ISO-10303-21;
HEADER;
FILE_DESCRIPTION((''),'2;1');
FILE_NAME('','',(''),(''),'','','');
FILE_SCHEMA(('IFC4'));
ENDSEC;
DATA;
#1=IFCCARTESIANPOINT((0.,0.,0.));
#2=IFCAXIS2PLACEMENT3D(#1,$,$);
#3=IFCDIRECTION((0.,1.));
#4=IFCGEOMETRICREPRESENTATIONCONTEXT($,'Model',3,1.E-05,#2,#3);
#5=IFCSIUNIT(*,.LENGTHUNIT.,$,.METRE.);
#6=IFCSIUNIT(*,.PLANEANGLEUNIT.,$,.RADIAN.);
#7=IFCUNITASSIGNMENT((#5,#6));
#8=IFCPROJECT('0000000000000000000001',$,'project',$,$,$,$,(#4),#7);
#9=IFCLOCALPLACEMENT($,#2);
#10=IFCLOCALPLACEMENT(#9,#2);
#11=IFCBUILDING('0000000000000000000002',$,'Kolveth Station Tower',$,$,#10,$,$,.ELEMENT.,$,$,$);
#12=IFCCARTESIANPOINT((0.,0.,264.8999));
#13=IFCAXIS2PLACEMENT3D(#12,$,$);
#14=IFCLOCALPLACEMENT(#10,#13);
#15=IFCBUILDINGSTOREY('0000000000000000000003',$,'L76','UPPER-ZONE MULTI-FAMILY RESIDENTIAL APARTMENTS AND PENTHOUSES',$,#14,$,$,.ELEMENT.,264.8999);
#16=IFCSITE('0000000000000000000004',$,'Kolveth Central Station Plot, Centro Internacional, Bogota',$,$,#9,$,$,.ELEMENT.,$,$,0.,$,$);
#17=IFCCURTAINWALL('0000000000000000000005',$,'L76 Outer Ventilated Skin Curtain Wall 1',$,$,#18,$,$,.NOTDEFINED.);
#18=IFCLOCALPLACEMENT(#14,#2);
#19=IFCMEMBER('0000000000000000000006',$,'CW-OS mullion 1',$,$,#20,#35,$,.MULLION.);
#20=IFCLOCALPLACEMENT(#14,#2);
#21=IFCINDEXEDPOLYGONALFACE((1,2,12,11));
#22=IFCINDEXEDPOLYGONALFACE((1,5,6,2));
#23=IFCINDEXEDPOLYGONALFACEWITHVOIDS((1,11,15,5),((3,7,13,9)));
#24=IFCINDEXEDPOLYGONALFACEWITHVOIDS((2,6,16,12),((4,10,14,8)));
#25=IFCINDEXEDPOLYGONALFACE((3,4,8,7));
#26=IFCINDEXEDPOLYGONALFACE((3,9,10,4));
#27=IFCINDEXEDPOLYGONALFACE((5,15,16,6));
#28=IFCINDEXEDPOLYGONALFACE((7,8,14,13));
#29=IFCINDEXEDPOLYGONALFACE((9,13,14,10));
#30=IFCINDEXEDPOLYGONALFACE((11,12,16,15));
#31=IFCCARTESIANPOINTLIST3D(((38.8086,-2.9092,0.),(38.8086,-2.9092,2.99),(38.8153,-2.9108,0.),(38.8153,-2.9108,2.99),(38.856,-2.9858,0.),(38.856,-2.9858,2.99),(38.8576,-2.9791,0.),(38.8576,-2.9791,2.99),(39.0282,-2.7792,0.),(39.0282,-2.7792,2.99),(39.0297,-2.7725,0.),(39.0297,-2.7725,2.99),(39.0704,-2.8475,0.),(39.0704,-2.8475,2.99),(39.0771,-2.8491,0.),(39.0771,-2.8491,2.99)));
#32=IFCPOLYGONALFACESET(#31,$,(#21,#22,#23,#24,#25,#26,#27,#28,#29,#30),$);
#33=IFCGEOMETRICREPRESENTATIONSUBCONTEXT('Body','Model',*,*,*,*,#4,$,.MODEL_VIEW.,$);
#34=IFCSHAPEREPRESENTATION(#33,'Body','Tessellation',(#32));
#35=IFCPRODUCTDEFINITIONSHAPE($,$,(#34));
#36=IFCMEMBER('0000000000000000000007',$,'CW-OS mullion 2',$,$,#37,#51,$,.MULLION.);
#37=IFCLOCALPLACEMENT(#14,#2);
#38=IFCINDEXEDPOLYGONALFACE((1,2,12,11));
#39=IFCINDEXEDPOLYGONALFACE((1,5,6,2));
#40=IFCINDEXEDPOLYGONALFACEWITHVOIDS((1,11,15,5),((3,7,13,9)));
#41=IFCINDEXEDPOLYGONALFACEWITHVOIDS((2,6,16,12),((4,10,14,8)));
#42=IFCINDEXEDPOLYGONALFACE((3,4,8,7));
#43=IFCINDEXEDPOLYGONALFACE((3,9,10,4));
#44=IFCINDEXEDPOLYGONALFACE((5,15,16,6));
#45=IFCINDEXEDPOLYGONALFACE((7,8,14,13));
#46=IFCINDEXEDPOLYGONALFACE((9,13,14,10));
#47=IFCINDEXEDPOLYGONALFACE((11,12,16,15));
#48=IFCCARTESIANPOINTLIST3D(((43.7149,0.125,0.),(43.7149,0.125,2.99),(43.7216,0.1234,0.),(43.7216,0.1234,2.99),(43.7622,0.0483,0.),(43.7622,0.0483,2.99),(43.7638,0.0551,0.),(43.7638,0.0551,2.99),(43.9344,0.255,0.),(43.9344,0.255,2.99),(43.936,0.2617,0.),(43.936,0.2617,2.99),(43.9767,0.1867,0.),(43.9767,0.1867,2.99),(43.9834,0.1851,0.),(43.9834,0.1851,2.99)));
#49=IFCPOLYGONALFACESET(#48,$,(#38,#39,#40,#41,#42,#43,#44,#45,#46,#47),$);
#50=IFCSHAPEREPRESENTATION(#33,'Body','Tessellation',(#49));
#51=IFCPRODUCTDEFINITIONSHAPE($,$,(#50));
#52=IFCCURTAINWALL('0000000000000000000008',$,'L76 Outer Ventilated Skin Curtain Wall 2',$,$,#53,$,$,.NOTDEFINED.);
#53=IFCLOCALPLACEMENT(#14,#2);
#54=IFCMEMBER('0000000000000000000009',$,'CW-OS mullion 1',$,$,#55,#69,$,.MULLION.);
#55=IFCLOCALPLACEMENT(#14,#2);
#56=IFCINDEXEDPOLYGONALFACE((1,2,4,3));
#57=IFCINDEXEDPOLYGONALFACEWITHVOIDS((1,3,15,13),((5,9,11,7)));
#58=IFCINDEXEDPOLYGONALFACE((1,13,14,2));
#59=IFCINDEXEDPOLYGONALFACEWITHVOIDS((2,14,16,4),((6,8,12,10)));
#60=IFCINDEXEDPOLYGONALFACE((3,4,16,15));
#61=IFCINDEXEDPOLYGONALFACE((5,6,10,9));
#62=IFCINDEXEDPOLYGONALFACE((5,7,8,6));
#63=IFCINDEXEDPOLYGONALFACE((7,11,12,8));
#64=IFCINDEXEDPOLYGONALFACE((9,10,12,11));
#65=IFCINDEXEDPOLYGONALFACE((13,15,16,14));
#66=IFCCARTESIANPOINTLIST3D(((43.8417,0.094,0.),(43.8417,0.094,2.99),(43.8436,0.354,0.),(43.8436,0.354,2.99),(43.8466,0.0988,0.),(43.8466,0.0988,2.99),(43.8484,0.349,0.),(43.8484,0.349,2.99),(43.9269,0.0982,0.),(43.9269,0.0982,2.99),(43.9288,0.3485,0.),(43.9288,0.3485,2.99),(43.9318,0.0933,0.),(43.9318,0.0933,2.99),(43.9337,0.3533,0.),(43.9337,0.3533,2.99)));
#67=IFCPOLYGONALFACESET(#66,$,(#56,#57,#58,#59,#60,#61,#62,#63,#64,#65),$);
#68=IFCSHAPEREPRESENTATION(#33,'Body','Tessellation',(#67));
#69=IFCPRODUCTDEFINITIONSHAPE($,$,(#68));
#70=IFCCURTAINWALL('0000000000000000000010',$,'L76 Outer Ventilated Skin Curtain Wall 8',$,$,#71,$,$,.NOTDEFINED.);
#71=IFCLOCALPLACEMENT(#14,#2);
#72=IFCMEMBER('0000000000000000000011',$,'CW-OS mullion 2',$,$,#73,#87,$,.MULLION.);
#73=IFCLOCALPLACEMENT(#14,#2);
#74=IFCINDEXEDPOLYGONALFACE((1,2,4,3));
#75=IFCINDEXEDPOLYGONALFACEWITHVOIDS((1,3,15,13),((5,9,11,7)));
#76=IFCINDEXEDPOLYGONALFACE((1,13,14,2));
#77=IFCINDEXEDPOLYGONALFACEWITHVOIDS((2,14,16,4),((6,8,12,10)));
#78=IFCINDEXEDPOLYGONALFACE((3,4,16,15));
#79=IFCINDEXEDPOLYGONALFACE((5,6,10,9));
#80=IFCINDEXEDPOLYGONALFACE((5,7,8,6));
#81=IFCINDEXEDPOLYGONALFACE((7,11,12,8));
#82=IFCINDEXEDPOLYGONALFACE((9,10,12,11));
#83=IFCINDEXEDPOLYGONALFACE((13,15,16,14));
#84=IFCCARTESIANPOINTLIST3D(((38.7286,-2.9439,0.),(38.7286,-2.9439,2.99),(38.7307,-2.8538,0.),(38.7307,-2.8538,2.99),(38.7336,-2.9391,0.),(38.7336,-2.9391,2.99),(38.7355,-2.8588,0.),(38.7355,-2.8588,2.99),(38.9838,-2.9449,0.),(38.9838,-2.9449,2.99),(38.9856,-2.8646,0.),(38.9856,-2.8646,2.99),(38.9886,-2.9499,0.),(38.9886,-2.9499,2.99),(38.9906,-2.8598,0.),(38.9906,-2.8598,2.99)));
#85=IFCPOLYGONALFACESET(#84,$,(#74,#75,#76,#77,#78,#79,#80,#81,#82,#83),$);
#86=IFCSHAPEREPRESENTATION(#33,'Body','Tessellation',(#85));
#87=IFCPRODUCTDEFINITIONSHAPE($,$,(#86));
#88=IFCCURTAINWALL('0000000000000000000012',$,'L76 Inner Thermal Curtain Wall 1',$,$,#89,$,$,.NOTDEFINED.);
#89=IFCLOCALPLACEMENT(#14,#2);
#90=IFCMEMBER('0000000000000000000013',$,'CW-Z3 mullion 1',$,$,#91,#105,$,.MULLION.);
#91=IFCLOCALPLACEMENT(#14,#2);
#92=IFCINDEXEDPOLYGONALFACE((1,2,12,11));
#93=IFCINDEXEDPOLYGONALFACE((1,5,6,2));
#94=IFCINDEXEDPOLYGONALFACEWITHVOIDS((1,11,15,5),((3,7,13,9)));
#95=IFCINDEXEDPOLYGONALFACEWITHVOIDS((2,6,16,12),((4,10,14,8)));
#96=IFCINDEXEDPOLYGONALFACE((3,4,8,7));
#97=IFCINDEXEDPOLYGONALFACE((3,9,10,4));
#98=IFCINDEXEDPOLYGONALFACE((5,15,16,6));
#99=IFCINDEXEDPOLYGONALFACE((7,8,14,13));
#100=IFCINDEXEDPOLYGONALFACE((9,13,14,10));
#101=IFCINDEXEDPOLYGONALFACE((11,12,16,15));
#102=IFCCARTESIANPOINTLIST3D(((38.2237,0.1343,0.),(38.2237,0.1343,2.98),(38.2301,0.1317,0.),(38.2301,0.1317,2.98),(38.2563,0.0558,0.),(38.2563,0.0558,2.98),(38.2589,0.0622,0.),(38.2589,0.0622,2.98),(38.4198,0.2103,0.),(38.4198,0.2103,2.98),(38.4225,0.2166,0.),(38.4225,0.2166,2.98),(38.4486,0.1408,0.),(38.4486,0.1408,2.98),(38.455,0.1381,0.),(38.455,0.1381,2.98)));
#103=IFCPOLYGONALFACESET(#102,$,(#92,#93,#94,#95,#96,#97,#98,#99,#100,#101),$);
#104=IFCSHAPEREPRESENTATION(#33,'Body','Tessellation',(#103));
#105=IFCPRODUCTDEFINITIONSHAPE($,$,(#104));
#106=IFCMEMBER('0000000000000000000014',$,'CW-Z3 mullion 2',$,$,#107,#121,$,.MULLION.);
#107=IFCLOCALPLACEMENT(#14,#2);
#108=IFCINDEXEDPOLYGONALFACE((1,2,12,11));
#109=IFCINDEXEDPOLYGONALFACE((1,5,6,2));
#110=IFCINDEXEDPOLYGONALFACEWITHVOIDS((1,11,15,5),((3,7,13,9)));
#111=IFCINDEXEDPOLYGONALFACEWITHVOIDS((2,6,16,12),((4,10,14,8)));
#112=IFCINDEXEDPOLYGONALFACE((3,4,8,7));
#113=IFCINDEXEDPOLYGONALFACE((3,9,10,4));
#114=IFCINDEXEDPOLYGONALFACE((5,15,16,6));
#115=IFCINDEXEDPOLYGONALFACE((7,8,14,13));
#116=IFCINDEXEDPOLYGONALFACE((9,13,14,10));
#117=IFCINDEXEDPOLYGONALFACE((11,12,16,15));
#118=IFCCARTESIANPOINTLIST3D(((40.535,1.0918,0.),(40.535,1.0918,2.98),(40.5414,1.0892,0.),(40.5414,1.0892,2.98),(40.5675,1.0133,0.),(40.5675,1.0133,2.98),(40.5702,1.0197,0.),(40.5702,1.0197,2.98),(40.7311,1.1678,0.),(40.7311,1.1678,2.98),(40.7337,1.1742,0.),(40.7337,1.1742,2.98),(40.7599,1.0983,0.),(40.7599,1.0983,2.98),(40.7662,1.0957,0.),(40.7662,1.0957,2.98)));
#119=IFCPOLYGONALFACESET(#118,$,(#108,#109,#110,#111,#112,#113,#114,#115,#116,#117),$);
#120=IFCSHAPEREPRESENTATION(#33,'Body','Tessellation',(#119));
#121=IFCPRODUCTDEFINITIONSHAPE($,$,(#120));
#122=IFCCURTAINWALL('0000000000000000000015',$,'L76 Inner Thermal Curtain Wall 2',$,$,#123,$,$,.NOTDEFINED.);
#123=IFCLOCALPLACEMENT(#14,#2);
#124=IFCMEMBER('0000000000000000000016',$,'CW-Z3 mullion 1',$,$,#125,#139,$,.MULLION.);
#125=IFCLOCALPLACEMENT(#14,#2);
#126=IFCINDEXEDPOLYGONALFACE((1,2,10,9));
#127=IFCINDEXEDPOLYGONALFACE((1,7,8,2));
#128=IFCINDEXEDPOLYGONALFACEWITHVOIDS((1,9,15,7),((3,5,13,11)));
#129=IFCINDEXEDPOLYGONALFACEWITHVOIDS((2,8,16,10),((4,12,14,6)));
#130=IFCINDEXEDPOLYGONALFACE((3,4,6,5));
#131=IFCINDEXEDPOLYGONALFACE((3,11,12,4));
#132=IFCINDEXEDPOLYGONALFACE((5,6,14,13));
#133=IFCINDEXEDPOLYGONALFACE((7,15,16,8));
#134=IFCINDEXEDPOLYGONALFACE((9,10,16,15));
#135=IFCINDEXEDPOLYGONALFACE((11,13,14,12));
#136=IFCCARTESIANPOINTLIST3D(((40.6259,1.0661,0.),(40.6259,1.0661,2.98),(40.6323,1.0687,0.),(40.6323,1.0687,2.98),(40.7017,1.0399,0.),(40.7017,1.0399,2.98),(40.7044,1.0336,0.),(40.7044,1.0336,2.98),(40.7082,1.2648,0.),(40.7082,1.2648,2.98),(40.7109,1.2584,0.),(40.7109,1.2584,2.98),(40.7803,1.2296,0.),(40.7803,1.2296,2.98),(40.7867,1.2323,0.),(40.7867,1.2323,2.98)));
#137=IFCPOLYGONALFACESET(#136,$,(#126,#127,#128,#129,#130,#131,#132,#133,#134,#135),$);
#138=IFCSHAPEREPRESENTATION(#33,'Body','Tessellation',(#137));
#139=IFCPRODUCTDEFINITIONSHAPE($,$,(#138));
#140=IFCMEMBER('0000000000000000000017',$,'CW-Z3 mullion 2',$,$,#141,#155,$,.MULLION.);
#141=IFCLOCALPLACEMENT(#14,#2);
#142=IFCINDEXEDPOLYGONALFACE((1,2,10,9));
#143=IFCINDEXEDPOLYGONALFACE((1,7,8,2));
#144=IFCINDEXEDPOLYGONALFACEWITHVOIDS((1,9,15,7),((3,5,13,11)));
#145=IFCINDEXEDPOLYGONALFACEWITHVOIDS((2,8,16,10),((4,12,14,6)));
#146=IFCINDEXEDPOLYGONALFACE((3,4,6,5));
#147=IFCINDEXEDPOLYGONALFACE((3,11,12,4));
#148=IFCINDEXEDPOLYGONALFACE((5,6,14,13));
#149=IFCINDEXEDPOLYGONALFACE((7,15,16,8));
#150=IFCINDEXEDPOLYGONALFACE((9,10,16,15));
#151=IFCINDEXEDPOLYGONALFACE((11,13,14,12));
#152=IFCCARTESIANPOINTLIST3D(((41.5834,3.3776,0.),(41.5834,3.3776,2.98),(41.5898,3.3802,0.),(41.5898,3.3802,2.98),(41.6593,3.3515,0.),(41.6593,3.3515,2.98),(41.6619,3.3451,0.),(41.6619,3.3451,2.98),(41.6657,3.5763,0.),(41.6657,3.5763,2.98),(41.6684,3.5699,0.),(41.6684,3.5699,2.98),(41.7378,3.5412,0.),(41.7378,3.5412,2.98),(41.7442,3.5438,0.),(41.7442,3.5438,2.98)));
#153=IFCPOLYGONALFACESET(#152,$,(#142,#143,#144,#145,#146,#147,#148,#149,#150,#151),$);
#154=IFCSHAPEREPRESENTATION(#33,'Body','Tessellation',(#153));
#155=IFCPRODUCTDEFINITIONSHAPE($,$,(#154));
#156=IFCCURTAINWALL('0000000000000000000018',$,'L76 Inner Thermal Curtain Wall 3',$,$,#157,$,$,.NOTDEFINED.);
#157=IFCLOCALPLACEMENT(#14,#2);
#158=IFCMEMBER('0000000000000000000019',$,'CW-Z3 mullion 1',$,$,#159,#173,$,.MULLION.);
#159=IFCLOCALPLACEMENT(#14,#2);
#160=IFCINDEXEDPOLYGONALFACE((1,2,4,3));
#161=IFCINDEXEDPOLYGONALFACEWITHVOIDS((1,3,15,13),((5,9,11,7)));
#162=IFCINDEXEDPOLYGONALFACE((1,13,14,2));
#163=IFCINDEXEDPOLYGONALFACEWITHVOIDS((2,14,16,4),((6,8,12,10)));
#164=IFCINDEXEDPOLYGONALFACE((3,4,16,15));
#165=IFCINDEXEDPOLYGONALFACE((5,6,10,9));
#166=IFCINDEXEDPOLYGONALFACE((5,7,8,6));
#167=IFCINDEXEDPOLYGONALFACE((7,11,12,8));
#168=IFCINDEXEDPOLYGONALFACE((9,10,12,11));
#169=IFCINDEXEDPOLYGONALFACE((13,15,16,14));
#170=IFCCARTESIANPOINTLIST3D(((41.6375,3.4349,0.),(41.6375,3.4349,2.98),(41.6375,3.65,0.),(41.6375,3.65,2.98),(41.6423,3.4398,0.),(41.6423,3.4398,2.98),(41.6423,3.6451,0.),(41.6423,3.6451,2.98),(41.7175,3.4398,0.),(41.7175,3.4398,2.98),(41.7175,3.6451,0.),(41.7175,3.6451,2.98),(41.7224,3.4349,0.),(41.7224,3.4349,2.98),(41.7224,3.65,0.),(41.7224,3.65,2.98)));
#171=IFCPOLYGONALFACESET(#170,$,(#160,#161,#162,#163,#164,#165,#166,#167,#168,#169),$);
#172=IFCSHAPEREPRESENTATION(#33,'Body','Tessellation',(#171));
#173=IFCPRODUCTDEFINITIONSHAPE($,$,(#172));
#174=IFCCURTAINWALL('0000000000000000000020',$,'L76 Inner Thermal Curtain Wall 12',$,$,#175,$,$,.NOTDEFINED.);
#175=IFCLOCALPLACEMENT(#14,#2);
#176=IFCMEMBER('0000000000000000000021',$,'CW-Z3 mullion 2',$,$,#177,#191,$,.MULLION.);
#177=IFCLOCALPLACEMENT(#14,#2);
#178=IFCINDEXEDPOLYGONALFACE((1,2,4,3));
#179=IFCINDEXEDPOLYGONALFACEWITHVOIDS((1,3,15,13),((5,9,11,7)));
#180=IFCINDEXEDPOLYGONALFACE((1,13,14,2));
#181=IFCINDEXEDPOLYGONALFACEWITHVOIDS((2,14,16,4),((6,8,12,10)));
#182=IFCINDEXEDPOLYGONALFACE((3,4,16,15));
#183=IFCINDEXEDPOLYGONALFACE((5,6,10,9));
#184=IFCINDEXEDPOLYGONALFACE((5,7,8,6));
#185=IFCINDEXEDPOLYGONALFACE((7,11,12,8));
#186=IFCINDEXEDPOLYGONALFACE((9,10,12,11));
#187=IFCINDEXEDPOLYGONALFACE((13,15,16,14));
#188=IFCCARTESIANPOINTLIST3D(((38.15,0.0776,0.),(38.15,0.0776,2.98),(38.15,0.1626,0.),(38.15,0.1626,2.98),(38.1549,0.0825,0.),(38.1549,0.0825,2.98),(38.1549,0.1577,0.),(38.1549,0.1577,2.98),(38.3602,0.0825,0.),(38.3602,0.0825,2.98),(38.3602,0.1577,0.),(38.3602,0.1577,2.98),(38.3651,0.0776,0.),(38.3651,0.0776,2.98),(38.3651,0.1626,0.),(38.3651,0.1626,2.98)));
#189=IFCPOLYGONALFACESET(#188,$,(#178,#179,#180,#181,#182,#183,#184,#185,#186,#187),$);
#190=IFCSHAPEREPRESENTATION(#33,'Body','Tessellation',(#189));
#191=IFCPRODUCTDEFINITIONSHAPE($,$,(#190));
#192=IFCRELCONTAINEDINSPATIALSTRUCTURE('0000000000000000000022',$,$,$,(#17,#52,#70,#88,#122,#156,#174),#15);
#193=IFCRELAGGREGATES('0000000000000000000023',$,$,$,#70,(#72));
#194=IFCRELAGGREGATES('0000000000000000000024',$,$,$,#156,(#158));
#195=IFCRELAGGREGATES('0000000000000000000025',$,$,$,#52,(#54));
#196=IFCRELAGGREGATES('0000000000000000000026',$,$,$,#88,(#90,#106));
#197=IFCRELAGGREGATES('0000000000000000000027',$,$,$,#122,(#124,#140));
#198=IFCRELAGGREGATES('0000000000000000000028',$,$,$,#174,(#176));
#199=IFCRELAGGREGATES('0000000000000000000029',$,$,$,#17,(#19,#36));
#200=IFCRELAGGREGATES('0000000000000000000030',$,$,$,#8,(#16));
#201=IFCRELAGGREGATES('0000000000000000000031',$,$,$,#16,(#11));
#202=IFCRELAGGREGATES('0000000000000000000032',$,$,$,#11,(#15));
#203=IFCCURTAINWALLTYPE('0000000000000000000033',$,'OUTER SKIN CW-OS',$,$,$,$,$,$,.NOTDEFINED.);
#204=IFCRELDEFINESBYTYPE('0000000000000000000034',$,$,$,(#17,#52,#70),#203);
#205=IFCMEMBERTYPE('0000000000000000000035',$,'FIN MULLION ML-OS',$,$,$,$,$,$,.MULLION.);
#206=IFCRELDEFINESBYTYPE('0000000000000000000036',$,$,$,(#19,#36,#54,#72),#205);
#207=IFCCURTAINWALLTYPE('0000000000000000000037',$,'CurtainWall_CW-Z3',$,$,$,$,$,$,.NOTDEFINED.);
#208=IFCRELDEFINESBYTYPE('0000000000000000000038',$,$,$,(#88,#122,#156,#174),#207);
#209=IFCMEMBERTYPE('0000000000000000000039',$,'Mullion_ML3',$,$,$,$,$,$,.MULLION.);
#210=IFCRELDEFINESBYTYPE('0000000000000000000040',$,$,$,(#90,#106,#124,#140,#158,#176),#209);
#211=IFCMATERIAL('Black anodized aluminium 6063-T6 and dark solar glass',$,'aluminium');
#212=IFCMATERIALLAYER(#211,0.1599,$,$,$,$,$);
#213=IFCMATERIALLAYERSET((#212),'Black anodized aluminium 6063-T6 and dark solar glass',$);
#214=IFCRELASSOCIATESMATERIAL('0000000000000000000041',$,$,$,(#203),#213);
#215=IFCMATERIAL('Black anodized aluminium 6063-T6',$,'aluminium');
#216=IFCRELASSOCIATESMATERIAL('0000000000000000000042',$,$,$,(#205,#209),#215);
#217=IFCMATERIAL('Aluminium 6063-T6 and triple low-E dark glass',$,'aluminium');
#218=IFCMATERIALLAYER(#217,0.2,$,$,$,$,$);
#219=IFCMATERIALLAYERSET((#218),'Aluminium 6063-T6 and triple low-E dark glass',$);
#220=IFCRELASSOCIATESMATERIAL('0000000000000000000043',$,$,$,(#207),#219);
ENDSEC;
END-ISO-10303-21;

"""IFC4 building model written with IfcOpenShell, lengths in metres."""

from ifc_helpers import new_model, si_unit, direction, frame, origin, origin_2d, place, context, subcontext, project, spatial, hollow_rectangle, extrude, source, transform, mapped, material, layer, layer_set, material_profile, profile_set, type_object, element, aggregate, save


model = new_model("IFC4")

# Units and contexts
model_context = context("Model", 3, precision=1e-05, world=origin(), true_north=direction((0.0, 1.0)))
body_context = subcontext(model_context, "Body", "Model", "MODEL_VIEW")
ifc_project = project(units=[si_unit("LENGTHUNIT", "METRE"), si_unit("PLANEANGLEUNIT", "RADIAN")], contexts=[model_context])

# Site, building, storey
site_placement = place(None, origin())
site = spatial("IfcSite", under=ifc_project, at=site_placement, Name="Kolveth Central Station Plot, Centro Internacional, Bogota", CompositionType="ELEMENT", RefElevation=0.0)
building_placement = place(site_placement, origin())
building = spatial("IfcBuilding", under=site, at=building_placement, Name="Kolveth Station Tower", CompositionType="ELEMENT")
storey_placement = place(building_placement, frame((0.0, 0.0, 264.8999)))
storey = spatial("IfcBuildingStorey", under=building, at=storey_placement, Name="L76", Description="UPPER-ZONE MULTI-FAMILY RESIDENTIAL APARTMENTS AND PENTHOUSES", CompositionType="ELEMENT", Elevation=264.8999)

# Curtain wall, members
ifc_material_1 = material(Name="Black anodized aluminium 6063-T6 and dark solar glass", Category="aluminium")
ifc_layer_1 = layer(ifc_material_1, 0.1599)
ifc_layer_set_1 = layer_set([ifc_layer_1], Name="Black anodized aluminium 6063-T6 and dark solar glass")
curtain_wall_type_1 = type_object("IfcCurtainWallType", Name="OUTER SKIN CW-OS", PredefinedType="NOTDEFINED", material=ifc_layer_set_1)
curtain_wall_1_placement = place(storey_placement, origin())
curtain_wall_1 = element("IfcCurtainWall", 1, at=curtain_wall_1_placement, inside=storey, type_object=curtain_wall_type_1, Name="L76 Outer Ventilated Skin Curtain Wall 1", PredefinedType="NOTDEFINED")
ifc_material_2 = material(Name="Black anodized aluminium 6063-T6", Category="aluminium")
ifc_material_profile_1 = material_profile(ifc_material_2, hollow_rectangle(XDim=0.0901, YDim=0.26, WallThickness=0.0049, at=origin_2d()), Name="ALU-90x260x5")
ifc_profile_set_1 = profile_set([ifc_material_profile_1], Name="Black anodized aluminium 6063-T6")
member_type_1 = type_object("IfcMemberType", Name="FIN MULLION ML-OS", PredefinedType="MULLION", material=ifc_profile_set_1)
shared_shape_1 = source(origin(), body_context, "Body", "SweptSolid", [
    extrude(hollow_rectangle(XDim=0.0901, YDim=0.26, WallThickness=0.0049, at=origin_2d()), origin(), (0.0, 0.0, 1.0), 2.99),
])
member_1_placement = place(storey_placement, frame((38.9429, -2.8792, 0.0), z_axis=(0.0, 0.0, 1.0), x_axis=(-0.525981, 0.850496, 0.0)))
member_1 = element("IfcMember", 2, at=member_1_placement, type_object=member_type_1, Name="CW-OS mullion 1", PredefinedType="MULLION", context=body_context, shape_type="MappedRepresentation", body=[
    mapped(shared_shape_1, transform((0.0, 0.0, 0.0), x_axis=(1.0, 0.0, 0.0), y_axis=(0.0, 1.0, 0.0), z_axis=(0.0, 0.0, 1.0), scale=1.0)),
])
member_2_placement = place(storey_placement, frame((43.8491, 0.155, 0.0), z_axis=(0.0, 0.0, 1.0), x_axis=(-0.525981, 0.850496, 0.0)))
member_2 = element("IfcMember", 3, at=member_2_placement, type_object=member_type_1, Name="CW-OS mullion 2", PredefinedType="MULLION", context=body_context, shape_type="MappedRepresentation", body=[
    mapped(shared_shape_1, transform((0.0, 0.0, 0.0), x_axis=(1.0, 0.0, 0.0), y_axis=(0.0, 1.0, 0.0), z_axis=(0.0, 0.0, 1.0), scale=1.0)),
])

# Curtain walls, members
curtain_wall_2_placement = place(storey_placement, origin())
curtain_wall_2 = element("IfcCurtainWall", 4, at=curtain_wall_2_placement, inside=storey, type_object=curtain_wall_type_1, Name="L76 Outer Ventilated Skin Curtain Wall 2", PredefinedType="NOTDEFINED")
member_3_placement = place(storey_placement, frame((43.8877, 0.2236, 0.0), z_axis=(0.0, 0.0, 1.0), x_axis=(-0.999974, 0.007243, 0.0)))
member_3 = element("IfcMember", 5, at=member_3_placement, type_object=member_type_1, Name="CW-OS mullion 1", PredefinedType="MULLION", context=body_context, shape_type="MappedRepresentation", body=[
    mapped(shared_shape_1, transform((0.0, 0.0, 0.0), x_axis=(1.0, 0.0, 0.0), y_axis=(0.0, 1.0, 0.0), z_axis=(0.0, 0.0, 1.0), scale=1.0)),
])
curtain_wall_3_placement = place(storey_placement, origin())
curtain_wall_3 = element("IfcCurtainWall", 6, at=curtain_wall_3_placement, inside=storey, type_object=curtain_wall_type_1, Name="L76 Outer Ventilated Skin Curtain Wall 8", PredefinedType="NOTDEFINED")
member_4_placement = place(storey_placement, frame((38.8596, -2.9019, 0.0), z_axis=(0.0, 0.0, 1.0), x_axis=(0.022968, 0.999736, 0.0)))
member_4 = element("IfcMember", 7, at=member_4_placement, type_object=member_type_1, Name="CW-OS mullion 2", PredefinedType="MULLION", context=body_context, shape_type="MappedRepresentation", body=[
    mapped(shared_shape_1, transform((0.0, 0.0, 0.0), x_axis=(1.0, 0.0, 0.0), y_axis=(0.0, 1.0, 0.0), z_axis=(0.0, 0.0, 1.0), scale=1.0)),
])
aggregate(curtain_wall_3, [member_4])

# Curtain walls, members
ifc_material_3 = material(Name="Aluminium 6063-T6 and triple low-E dark glass", Category="aluminium")
ifc_layer_2 = layer(ifc_material_3, 0.2)
ifc_layer_set_2 = layer_set([ifc_layer_2], Name="Aluminium 6063-T6 and triple low-E dark glass")
curtain_wall_type_2 = type_object("IfcCurtainWallType", Name="CurtainWall_CW-Z3", PredefinedType="NOTDEFINED", material=ifc_layer_set_2)
curtain_wall_4_placement = place(storey_placement, origin())
curtain_wall_4 = element("IfcCurtainWall", 8, at=curtain_wall_4_placement, inside=storey, type_object=curtain_wall_type_2, Name="L76 Inner Thermal Curtain Wall 1", PredefinedType="NOTDEFINED")
ifc_material_profile_2 = material_profile(ifc_material_2, hollow_rectangle(XDim=0.085, YDim=0.2151, WallThickness=0.0049, at=origin_2d()), Name="ALU-85x215x5")
ifc_profile_set_2 = profile_set([ifc_material_profile_2], Name="Black anodized aluminium 6063-T6")
member_type_2 = type_object("IfcMemberType", Name="Mullion_ML3", PredefinedType="MULLION", material=ifc_profile_set_2)
shared_shape_2 = source(origin(), body_context, "Body", "SweptSolid", [
    extrude(hollow_rectangle(XDim=0.085, YDim=0.2151, WallThickness=0.0049, at=origin_2d()), origin(), (0.0, 0.0, 1.0), 2.98),
])
member_5_placement = place(storey_placement, frame((38.3394, 0.1362, 0.0), z_axis=(0.0, 0.0, 1.0), x_axis=(-0.382693, 0.923875, 0.0)))
member_5 = element("IfcMember", 9, at=member_5_placement, type_object=member_type_2, Name="CW-Z3 mullion 1", PredefinedType="MULLION", context=body_context, shape_type="MappedRepresentation", body=[
    mapped(shared_shape_2, transform((0.0, 0.0, 0.0), x_axis=(1.0, 0.0, 0.0), y_axis=(0.0, 1.0, 0.0), z_axis=(0.0, 0.0, 1.0), scale=1.0)),
])
member_6_placement = place(storey_placement, frame((40.6506, 1.0938, 0.0), z_axis=(0.0, 0.0, 1.0), x_axis=(-0.382693, 0.923875, 0.0)))
member_6 = element("IfcMember", 10, at=member_6_placement, type_object=member_type_2, Name="CW-Z3 mullion 2", PredefinedType="MULLION", context=body_context, shape_type="MappedRepresentation", body=[
    mapped(shared_shape_2, transform((0.0, 0.0, 0.0), x_axis=(1.0, 0.0, 0.0), y_axis=(0.0, 1.0, 0.0), z_axis=(0.0, 0.0, 1.0), scale=1.0)),
])
curtain_wall_5_placement = place(storey_placement, origin())
curtain_wall_5 = element("IfcCurtainWall", 11, at=curtain_wall_5_placement, inside=storey, type_object=curtain_wall_type_2, Name="L76 Inner Thermal Curtain Wall 2", PredefinedType="NOTDEFINED")
member_7_placement = place(storey_placement, frame((40.7063, 1.1492, 0.0), z_axis=(0.0, 0.0, 1.0), x_axis=(-0.923875, 0.382693, 0.0)))
member_7 = element("IfcMember", 12, at=member_7_placement, type_object=member_type_2, Name="CW-Z3 mullion 1", PredefinedType="MULLION", context=body_context, shape_type="MappedRepresentation", body=[
    mapped(shared_shape_2, transform((0.0, 0.0, 0.0), x_axis=(1.0, 0.0, 0.0), y_axis=(0.0, 1.0, 0.0), z_axis=(0.0, 0.0, 1.0), scale=1.0)),
])
member_8_placement = place(storey_placement, frame((41.6638, 3.4607, 0.0), z_axis=(0.0, 0.0, 1.0), x_axis=(-0.923875, 0.382693, 0.0)))
member_8 = element("IfcMember", 13, at=member_8_placement, type_object=member_type_2, Name="CW-Z3 mullion 2", PredefinedType="MULLION", context=body_context, shape_type="MappedRepresentation", body=[
    mapped(shared_shape_2, transform((0.0, 0.0, 0.0), x_axis=(1.0, 0.0, 0.0), y_axis=(0.0, 1.0, 0.0), z_axis=(0.0, 0.0, 1.0), scale=1.0)),
])

# Curtain walls, members
curtain_wall_6_placement = place(storey_placement, origin())
curtain_wall_6 = element("IfcCurtainWall", 14, at=curtain_wall_6_placement, inside=storey, type_object=curtain_wall_type_2, Name="L76 Inner Thermal Curtain Wall 3", PredefinedType="NOTDEFINED")
member_9_placement = place(storey_placement, frame((41.6799, 3.5425, 0.0), z_axis=(0.0, 0.0, 1.0), x_axis=(-1.0, 0.0, 0.0)))
member_9 = element("IfcMember", 15, at=member_9_placement, type_object=member_type_2, Name="CW-Z3 mullion 1", PredefinedType="MULLION", context=body_context, shape_type="MappedRepresentation", body=[
    mapped(shared_shape_2, transform((0.0, 0.0, 0.0), x_axis=(1.0, 0.0, 0.0), y_axis=(0.0, 1.0, 0.0), z_axis=(0.0, 0.0, 1.0), scale=1.0)),
])
curtain_wall_7_placement = place(storey_placement, origin())
curtain_wall_7 = element("IfcCurtainWall", 16, at=curtain_wall_7_placement, inside=storey, type_object=curtain_wall_type_2, Name="L76 Inner Thermal Curtain Wall 12", PredefinedType="NOTDEFINED")
member_10_placement = place(storey_placement, frame((38.2576, 0.1201, 0.0), z_axis=(0.0, 0.0, 1.0), x_axis=(0.0, 1.0, 0.0)))
member_10 = element("IfcMember", 17, at=member_10_placement, type_object=member_type_2, Name="CW-Z3 mullion 2", PredefinedType="MULLION", context=body_context, shape_type="MappedRepresentation", body=[
    mapped(shared_shape_2, transform((0.0, 0.0, 0.0), x_axis=(1.0, 0.0, 0.0), y_axis=(0.0, 1.0, 0.0), z_axis=(0.0, 0.0, 1.0), scale=1.0)),
])

aggregate(curtain_wall_6, [member_9])
aggregate(curtain_wall_2, [member_3])

aggregate(curtain_wall_4, [member_5, member_6])
aggregate(curtain_wall_5, [member_7, member_8])
aggregate(curtain_wall_7, [member_10])
aggregate(curtain_wall_1, [member_1, member_2])

save(model, "model.ifc")
